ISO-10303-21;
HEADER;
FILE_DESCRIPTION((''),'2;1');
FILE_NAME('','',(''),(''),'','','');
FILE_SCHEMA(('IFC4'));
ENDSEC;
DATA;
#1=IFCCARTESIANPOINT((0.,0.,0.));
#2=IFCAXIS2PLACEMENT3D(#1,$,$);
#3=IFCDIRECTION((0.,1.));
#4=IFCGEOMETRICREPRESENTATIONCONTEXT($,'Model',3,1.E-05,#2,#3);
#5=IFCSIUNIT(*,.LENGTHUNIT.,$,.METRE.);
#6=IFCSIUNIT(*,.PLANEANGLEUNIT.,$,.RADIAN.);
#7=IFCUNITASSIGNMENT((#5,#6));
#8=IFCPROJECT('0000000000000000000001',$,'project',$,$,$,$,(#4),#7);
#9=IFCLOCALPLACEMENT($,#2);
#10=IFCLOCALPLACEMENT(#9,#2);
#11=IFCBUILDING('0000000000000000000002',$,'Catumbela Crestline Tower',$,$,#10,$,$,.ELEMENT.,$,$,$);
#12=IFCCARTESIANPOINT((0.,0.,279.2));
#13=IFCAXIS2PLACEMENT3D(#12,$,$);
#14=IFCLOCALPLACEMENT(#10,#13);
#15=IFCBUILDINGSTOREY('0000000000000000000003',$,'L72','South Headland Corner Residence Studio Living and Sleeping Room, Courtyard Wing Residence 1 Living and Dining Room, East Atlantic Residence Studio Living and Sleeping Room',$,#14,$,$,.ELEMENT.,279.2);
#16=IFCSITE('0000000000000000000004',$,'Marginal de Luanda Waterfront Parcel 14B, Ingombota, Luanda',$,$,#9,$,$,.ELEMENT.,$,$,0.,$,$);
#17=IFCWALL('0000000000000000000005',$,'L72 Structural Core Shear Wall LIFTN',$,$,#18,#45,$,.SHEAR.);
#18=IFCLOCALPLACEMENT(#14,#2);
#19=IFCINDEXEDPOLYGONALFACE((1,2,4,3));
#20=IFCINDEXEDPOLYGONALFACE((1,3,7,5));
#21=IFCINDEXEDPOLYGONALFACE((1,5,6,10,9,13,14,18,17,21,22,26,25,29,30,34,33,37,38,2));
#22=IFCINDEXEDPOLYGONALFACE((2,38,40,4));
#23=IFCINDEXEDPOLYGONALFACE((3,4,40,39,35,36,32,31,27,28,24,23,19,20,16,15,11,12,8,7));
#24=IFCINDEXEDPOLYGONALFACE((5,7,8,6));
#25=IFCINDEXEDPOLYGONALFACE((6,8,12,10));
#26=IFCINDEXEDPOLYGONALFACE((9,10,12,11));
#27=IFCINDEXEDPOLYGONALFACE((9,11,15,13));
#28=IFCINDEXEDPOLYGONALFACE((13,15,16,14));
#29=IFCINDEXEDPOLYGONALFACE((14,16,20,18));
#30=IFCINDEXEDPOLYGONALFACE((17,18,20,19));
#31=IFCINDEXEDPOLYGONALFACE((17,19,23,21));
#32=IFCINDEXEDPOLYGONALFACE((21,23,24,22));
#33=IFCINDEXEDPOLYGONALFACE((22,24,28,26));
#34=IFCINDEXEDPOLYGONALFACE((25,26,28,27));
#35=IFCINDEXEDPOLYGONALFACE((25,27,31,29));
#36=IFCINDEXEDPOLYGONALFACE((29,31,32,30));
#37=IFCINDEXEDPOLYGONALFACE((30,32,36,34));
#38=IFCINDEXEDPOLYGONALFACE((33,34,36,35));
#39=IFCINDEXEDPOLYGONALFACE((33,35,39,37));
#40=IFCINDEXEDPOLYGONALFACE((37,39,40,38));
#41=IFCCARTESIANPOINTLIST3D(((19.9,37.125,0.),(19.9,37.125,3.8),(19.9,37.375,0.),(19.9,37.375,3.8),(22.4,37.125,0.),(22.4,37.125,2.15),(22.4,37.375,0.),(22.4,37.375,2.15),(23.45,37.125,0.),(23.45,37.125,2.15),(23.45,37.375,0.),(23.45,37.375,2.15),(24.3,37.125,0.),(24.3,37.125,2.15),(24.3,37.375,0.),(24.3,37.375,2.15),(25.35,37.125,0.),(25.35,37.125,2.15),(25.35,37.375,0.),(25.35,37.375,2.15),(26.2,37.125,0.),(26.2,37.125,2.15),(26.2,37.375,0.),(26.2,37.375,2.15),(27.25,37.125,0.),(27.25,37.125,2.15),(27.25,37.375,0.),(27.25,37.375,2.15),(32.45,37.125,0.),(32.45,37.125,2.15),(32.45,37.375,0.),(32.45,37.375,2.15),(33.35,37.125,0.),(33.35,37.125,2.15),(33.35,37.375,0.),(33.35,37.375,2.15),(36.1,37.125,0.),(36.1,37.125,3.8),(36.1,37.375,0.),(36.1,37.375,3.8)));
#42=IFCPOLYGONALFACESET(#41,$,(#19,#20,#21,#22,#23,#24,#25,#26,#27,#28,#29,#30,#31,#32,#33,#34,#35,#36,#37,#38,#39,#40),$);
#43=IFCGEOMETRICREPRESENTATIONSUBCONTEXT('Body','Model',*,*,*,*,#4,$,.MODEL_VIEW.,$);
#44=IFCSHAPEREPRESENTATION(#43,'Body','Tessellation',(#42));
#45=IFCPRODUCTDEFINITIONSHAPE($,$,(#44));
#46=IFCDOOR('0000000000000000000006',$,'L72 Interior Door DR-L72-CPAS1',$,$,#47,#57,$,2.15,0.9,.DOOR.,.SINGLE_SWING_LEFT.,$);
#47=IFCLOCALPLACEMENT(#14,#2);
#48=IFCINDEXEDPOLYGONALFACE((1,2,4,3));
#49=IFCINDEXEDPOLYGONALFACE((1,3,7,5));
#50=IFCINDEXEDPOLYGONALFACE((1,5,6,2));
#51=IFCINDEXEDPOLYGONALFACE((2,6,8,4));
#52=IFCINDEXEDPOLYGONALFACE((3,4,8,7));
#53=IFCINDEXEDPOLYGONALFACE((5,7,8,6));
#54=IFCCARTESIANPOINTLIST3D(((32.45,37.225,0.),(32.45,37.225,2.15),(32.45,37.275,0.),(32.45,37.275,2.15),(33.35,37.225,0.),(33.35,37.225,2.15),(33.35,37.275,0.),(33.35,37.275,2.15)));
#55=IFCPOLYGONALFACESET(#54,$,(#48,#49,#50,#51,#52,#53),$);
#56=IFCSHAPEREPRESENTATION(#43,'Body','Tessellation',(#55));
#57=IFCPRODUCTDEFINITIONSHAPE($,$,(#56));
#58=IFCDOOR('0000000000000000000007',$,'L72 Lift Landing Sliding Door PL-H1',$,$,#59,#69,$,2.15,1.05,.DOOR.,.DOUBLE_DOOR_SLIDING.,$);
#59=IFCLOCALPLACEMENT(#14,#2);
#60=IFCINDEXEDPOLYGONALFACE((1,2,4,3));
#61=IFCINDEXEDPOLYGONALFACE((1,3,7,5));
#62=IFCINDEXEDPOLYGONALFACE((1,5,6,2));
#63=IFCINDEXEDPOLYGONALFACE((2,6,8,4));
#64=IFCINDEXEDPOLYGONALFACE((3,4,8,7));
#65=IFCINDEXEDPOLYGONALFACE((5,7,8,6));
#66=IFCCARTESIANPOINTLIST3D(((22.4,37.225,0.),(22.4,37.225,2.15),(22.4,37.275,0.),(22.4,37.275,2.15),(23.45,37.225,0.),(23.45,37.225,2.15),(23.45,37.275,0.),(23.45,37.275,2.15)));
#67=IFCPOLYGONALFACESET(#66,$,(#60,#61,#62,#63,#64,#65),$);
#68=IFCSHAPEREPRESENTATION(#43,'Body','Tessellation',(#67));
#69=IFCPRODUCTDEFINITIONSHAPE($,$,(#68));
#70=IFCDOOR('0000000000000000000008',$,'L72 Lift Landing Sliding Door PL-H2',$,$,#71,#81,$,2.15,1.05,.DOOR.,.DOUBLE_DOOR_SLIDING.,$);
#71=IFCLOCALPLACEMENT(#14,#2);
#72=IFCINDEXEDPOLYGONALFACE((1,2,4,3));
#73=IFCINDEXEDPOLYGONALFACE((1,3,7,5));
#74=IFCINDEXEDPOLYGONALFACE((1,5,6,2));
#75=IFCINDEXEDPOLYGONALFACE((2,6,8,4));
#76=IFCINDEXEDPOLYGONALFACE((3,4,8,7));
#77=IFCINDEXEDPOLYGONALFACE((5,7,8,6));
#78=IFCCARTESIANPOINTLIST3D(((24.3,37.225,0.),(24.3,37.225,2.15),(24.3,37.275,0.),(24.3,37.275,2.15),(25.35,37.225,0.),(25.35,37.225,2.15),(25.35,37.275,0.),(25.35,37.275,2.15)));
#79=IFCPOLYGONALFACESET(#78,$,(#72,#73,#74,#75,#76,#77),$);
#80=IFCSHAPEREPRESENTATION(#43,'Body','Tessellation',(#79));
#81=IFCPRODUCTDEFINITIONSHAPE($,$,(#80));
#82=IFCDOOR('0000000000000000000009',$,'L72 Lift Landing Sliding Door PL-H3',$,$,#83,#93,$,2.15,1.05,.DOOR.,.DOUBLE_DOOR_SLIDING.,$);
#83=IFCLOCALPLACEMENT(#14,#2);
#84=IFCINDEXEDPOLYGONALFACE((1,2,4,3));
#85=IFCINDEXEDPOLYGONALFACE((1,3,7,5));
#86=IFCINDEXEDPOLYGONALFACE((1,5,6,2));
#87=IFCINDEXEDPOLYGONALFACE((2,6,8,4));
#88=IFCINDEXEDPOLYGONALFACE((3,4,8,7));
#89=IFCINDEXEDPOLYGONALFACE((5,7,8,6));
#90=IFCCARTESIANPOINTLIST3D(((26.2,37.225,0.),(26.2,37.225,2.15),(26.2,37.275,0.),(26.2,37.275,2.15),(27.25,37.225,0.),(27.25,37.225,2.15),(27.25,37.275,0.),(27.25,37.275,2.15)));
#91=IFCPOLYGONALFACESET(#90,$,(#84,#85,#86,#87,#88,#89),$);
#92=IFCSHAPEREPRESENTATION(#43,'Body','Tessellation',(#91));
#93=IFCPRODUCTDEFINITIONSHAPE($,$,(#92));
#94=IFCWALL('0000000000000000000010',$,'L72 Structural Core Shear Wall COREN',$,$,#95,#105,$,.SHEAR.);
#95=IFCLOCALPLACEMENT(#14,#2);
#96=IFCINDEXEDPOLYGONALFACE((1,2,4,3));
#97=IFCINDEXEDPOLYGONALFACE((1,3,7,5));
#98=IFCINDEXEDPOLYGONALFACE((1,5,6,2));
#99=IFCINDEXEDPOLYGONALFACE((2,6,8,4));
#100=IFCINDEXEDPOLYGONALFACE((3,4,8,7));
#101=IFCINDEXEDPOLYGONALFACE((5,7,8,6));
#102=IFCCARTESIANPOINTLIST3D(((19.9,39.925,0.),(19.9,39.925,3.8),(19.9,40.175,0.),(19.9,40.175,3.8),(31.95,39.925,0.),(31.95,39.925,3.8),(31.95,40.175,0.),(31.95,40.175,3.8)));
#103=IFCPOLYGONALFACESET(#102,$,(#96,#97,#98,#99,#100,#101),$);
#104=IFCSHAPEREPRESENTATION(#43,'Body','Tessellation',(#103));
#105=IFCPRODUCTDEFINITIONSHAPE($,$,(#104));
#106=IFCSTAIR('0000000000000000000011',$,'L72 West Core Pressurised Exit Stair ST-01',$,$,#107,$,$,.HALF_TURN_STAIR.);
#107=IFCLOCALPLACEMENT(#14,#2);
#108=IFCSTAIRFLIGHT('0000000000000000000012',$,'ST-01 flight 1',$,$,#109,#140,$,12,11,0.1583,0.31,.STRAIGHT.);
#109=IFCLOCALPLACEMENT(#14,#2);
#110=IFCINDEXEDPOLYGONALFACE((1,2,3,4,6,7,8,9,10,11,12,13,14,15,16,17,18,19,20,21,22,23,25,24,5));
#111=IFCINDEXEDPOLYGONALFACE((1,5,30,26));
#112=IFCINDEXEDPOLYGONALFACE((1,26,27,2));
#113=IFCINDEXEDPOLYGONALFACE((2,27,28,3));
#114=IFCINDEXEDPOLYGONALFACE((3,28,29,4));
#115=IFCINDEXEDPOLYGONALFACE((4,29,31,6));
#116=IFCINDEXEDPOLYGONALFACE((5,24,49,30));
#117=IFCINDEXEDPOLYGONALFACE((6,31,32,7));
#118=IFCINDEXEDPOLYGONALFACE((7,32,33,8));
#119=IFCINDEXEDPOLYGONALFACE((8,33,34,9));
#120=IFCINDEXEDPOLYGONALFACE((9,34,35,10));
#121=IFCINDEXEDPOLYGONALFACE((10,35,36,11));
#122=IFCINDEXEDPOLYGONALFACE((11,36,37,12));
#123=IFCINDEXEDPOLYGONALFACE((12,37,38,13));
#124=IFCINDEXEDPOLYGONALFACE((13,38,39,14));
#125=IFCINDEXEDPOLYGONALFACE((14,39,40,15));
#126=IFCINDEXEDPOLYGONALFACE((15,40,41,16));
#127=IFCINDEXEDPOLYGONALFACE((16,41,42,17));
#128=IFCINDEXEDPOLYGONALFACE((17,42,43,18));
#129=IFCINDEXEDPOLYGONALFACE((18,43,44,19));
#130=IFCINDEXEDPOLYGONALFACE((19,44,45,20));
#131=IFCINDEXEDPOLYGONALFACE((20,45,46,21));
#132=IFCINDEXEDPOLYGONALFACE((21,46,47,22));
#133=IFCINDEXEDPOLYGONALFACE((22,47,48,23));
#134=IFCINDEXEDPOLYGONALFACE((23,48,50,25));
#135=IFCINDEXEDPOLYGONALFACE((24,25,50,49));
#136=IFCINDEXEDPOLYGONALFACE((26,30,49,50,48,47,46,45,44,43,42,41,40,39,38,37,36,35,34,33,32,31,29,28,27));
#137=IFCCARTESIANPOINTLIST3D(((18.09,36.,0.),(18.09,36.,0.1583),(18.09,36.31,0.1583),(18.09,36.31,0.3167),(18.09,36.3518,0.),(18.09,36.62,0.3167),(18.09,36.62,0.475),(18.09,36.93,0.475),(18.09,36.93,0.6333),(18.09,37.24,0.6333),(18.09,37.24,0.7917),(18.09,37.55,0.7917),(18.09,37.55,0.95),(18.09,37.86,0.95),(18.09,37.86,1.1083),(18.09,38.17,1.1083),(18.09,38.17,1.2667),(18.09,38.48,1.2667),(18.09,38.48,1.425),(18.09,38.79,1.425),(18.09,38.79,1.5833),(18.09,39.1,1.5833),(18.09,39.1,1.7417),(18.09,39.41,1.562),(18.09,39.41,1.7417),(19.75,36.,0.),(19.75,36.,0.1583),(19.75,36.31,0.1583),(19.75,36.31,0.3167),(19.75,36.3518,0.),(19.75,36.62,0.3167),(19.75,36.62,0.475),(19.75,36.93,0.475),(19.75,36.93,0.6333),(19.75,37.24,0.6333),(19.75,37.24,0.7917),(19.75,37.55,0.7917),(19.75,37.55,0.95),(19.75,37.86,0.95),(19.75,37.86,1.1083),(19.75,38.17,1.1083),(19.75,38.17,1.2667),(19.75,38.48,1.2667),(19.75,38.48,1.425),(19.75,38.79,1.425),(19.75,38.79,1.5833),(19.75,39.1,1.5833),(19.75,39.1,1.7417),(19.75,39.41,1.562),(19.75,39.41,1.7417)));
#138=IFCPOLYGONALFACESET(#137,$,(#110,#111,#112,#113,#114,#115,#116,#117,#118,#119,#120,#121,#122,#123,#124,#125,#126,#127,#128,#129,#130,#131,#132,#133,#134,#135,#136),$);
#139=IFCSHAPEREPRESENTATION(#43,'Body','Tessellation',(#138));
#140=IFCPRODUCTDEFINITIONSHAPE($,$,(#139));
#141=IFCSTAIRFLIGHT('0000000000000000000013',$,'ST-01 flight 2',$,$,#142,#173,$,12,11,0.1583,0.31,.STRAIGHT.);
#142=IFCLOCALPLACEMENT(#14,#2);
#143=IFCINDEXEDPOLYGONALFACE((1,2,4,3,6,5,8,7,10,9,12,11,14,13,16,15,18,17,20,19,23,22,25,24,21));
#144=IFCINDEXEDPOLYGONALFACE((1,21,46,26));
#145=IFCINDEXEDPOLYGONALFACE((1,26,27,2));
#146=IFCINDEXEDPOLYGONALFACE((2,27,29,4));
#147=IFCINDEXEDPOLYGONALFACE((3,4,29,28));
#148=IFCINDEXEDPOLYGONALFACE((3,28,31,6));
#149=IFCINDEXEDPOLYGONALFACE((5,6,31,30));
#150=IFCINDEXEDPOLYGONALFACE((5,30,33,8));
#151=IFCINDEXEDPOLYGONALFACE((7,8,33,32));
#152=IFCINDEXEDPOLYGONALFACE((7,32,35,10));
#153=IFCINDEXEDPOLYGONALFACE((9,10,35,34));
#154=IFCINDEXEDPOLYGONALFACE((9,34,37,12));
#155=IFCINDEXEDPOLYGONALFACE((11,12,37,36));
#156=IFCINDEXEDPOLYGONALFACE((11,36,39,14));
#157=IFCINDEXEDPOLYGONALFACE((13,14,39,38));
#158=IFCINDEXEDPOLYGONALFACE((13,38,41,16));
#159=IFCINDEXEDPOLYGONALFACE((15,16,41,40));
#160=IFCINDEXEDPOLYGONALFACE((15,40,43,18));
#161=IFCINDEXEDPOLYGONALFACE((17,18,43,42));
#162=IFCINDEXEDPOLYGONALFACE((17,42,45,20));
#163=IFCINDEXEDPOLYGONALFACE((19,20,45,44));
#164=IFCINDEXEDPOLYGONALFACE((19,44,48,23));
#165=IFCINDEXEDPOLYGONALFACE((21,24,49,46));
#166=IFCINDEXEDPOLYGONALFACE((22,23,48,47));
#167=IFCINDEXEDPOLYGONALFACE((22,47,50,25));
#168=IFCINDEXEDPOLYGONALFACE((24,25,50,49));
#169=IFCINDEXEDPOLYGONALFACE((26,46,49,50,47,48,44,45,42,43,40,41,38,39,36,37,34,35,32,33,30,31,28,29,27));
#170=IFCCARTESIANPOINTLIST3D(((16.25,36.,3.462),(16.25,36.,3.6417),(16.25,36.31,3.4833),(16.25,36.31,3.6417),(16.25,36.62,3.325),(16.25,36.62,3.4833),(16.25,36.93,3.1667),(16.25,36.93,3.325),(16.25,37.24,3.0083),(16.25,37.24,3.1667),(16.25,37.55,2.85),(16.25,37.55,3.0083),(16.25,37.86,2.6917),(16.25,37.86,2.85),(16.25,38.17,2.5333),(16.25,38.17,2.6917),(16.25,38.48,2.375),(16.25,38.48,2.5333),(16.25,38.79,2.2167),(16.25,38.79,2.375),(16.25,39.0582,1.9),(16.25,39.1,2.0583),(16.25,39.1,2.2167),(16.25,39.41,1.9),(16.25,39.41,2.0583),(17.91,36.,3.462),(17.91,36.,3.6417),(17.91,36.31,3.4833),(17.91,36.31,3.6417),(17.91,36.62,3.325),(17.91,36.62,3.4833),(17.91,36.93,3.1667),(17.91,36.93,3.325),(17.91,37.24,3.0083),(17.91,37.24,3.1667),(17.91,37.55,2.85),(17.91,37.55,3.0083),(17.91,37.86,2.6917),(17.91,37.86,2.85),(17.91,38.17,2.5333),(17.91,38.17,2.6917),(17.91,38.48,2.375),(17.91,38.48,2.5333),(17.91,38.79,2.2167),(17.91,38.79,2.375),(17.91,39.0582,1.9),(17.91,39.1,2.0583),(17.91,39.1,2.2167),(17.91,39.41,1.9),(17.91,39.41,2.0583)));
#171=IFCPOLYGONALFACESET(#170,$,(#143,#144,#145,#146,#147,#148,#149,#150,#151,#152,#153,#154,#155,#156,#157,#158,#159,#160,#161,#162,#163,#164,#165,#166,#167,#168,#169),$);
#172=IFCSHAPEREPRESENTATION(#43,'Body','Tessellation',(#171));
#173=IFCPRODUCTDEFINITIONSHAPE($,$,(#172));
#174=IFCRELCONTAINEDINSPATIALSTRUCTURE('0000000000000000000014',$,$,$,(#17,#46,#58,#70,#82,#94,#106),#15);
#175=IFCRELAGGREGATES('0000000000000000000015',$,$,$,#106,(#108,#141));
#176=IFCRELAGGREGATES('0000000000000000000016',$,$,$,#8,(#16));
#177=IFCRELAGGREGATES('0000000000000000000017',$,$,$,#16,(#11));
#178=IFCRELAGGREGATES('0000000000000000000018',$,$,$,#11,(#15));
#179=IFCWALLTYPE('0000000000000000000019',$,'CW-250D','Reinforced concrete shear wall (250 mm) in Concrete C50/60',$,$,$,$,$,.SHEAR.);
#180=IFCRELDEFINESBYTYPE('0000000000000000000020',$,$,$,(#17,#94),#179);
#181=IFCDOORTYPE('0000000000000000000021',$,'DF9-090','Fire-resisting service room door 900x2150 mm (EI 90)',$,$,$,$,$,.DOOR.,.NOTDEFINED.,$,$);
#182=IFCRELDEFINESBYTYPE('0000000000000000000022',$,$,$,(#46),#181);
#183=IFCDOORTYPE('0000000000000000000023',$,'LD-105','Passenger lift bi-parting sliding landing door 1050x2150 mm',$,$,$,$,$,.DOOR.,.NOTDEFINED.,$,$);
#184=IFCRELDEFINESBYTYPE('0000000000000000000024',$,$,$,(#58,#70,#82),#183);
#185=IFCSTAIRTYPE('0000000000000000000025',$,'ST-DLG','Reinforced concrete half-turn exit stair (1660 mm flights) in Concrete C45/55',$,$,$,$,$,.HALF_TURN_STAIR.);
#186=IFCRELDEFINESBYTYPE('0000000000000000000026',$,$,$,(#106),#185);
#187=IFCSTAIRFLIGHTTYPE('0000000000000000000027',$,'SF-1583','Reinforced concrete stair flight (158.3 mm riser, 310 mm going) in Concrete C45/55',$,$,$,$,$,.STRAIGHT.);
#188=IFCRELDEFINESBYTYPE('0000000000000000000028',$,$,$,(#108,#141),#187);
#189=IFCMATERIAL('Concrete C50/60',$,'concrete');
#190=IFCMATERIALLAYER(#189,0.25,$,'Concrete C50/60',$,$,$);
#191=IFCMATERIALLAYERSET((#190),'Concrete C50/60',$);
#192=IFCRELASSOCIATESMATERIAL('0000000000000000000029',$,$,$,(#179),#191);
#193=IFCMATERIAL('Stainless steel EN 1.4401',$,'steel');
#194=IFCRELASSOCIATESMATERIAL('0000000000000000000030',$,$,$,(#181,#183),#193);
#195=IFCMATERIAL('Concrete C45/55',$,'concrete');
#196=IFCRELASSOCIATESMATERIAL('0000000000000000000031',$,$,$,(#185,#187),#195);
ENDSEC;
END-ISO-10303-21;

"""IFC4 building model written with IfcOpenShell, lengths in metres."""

from ifc_helpers import new_model, si_unit, direction, frame, frame_2d, origin, place, context, subcontext, project, spatial, polyline, rectangle, outline, extrude, material, layer, layer_set, type_object, element, fill, aggregate, save


model = new_model("IFC4")

# Units and contexts
model_context = context("Model", 3, precision=1e-05, world=origin(), true_north=direction((0.0, 1.0)))
body_context = subcontext(model_context, "Body", "Model", "MODEL_VIEW")
ifc_project = project(units=[si_unit("LENGTHUNIT", "METRE"), si_unit("PLANEANGLEUNIT", "RADIAN")], contexts=[model_context])

# Site, building, storey
site_placement = place(None, origin())
site = spatial("IfcSite", under=ifc_project, at=site_placement, Name="Marginal de Luanda Waterfront Parcel 14B, Ingombota, Luanda", CompositionType="ELEMENT", RefElevation=0.0)
building_placement = place(site_placement, origin())
building = spatial("IfcBuilding", under=site, at=building_placement, Name="Catumbela Crestline Tower", CompositionType="ELEMENT")
storey_placement = place(building_placement, frame((0.0, 0.0, 279.2)))
storey = spatial("IfcBuildingStorey", under=building, at=storey_placement, Name="L72", Description="South Headland Corner Residence Studio Living and Sleeping Room, Courtyard Wing Residence 1 Living and Dining Room, East Atlantic Residence Studio Living and Sleeping Room", CompositionType="ELEMENT", Elevation=279.2)

# Shared definitions
ifc_material_1 = material(Name="Concrete C50/60", Category="concrete")
ifc_layer = layer(ifc_material_1, 0.25, Name="Concrete C50/60")
ifc_layer_set = layer_set([ifc_layer], Name="Concrete C50/60")
wall_type = type_object("IfcWallType", Name="CW-250D", Description="Reinforced concrete shear wall (250 mm) in Concrete C50/60", PredefinedType="SHEAR", material=ifc_layer_set)

# Shared definitions
ifc_material_2 = material(Name="Stainless steel EN 1.4401", Category="steel")

# Wall, openings, doors
wall_1_placement = place(storey_placement, frame((19.9, 37.25, 0.0), z_axis=(0.0, 0.0, 1.0), x_axis=(1.0, 0.0, 0.0)))
wall_1 = element("IfcWall", 1, at=wall_1_placement, inside=storey, type_object=wall_type, Name="L72 Structural Core Shear Wall LIFTN", PredefinedType="SHEAR", context=body_context, shape_type="SweptSolid", body=[
    extrude(rectangle(XDim=16.2, YDim=0.25, at=frame_2d((8.1, 0.0))), origin(), (0.0, 0.0, 1.0), 3.8),
])
opening_1_placement = place(wall_1_placement, frame((12.55, 0.0, 0.0)))
opening_1 = element("IfcOpeningElement", 2, at=opening_1_placement, cuts=wall_1, PredefinedType="OPENING", context=body_context, shape_type="SweptSolid", body=[
    extrude(rectangle(XDim=0.9, YDim=2.15, at=frame_2d((0.45, 1.075))), frame((0.0, 0.135, 0.0), z_axis=(0.0, -1.0, 0.0), x_axis=(1.0, 0.0, 0.0)), (0.0, 0.0, 1.0), 0.27),
])
opening_2_placement = place(wall_1_placement, frame((2.5, 0.0, 0.0)))
opening_2 = element("IfcOpeningElement", 3, at=opening_2_placement, cuts=wall_1, PredefinedType="OPENING", context=body_context, shape_type="SweptSolid", body=[
    extrude(rectangle(XDim=1.05, YDim=2.15, at=frame_2d((0.525, 1.075))), frame((0.0, 0.135, 0.0), z_axis=(0.0, -1.0, 0.0), x_axis=(1.0, 0.0, 0.0)), (0.0, 0.0, 1.0), 0.27),
])
opening_3_placement = place(wall_1_placement, frame((4.4, 0.0, 0.0)))
opening_3 = element("IfcOpeningElement", 4, at=opening_3_placement, cuts=wall_1, PredefinedType="OPENING", context=body_context, shape_type="SweptSolid", body=[
    extrude(rectangle(XDim=1.05, YDim=2.15, at=frame_2d((0.525, 1.075))), frame((0.0, 0.135, 0.0), z_axis=(0.0, -1.0, 0.0), x_axis=(1.0, 0.0, 0.0)), (0.0, 0.0, 1.0), 0.27),
])
opening_4_placement = place(wall_1_placement, frame((6.3, 0.0, 0.0)))
opening_4 = element("IfcOpeningElement", 5, at=opening_4_placement, cuts=wall_1, PredefinedType="OPENING", context=body_context, shape_type="SweptSolid", body=[
    extrude(rectangle(XDim=1.05, YDim=2.15, at=frame_2d((0.525, 1.075))), frame((0.0, 0.135, 0.0), z_axis=(0.0, -1.0, 0.0), x_axis=(1.0, 0.0, 0.0)), (0.0, 0.0, 1.0), 0.27),
])
door_type_1 = type_object("IfcDoorType", Name="DF9-090", Description="Fire-resisting service room door 900x2150 mm (EI 90)", OperationType="NOTDEFINED", PredefinedType="DOOR", material=ifc_material_2)
door_1_placement = place(opening_1_placement, origin())
door_1 = element("IfcDoor", 6, at=door_1_placement, inside=storey, type_object=door_type_1, Name="L72 Interior Door DR-L72-CPAS1", OperationType="SINGLE_SWING_LEFT", OverallHeight=2.15, OverallWidth=0.9, PredefinedType="DOOR", context=body_context, shape_type="SweptSolid", body=[
    extrude(rectangle(XDim=0.9, YDim=2.15, at=frame_2d((0.45, 1.075))), frame((0.0, 0.025, 0.0), z_axis=(0.0, -1.0, 0.0), x_axis=(1.0, 0.0, 0.0)), (0.0, 0.0, 1.0), 0.05),
])
fill(opening_1, door_1)
door_type_2 = type_object("IfcDoorType", Name="LD-105", Description="Passenger lift bi-parting sliding landing door 1050x2150 mm", OperationType="NOTDEFINED", PredefinedType="DOOR", material=ifc_material_2)
door_2_placement = place(opening_2_placement, origin())
door_2 = element("IfcDoor", 7, at=door_2_placement, inside=storey, type_object=door_type_2, Name="L72 Lift Landing Sliding Door PL-H1", OperationType="DOUBLE_DOOR_SLIDING", OverallHeight=2.15, OverallWidth=1.05, PredefinedType="DOOR", context=body_context, shape_type="SweptSolid", body=[
    extrude(rectangle(XDim=1.05, YDim=2.15, at=frame_2d((0.525, 1.075))), frame((0.0, 0.025, 0.0), z_axis=(0.0, -1.0, 0.0), x_axis=(1.0, 0.0, 0.0)), (0.0, 0.0, 1.0), 0.05),
])
fill(opening_2, door_2)
door_3_placement = place(opening_3_placement, origin())
door_3 = element("IfcDoor", 8, at=door_3_placement, inside=storey, type_object=door_type_2, Name="L72 Lift Landing Sliding Door PL-H2", OperationType="DOUBLE_DOOR_SLIDING", OverallHeight=2.15, OverallWidth=1.05, PredefinedType="DOOR", context=body_context, shape_type="SweptSolid", body=[
    extrude(rectangle(XDim=1.05, YDim=2.15, at=frame_2d((0.525, 1.075))), frame((0.0, 0.025, 0.0), z_axis=(0.0, -1.0, 0.0), x_axis=(1.0, 0.0, 0.0)), (0.0, 0.0, 1.0), 0.05),
])
fill(opening_3, door_3)
door_4_placement = place(opening_4_placement, origin())
door_4 = element("IfcDoor", 9, at=door_4_placement, inside=storey, type_object=door_type_2, Name="L72 Lift Landing Sliding Door PL-H3", OperationType="DOUBLE_DOOR_SLIDING", OverallHeight=2.15, OverallWidth=1.05, PredefinedType="DOOR", context=body_context, shape_type="SweptSolid", body=[
    extrude(rectangle(XDim=1.05, YDim=2.15, at=frame_2d((0.525, 1.075))), frame((0.0, 0.025, 0.0), z_axis=(0.0, -1.0, 0.0), x_axis=(1.0, 0.0, 0.0)), (0.0, 0.0, 1.0), 0.05),
])
fill(opening_4, door_4)

# Wall
wall_2_placement = place(storey_placement, frame((19.9, 40.05, 0.0), z_axis=(0.0, 0.0, 1.0), x_axis=(1.0, 0.0, 0.0)))
element("IfcWall", 10, at=wall_2_placement, inside=storey, type_object=wall_type, Name="L72 Structural Core Shear Wall COREN", PredefinedType="SHEAR", context=body_context, shape_type="SweptSolid", body=[
    extrude(rectangle(XDim=12.05, YDim=0.25, at=frame_2d((6.025, 0.0))), origin(), (0.0, 0.0, 1.0), 3.8),
])

# Stair, stair flights
ifc_material_3 = material(Name="Concrete C45/55", Category="concrete")
stair_type = type_object("IfcStairType", Name="ST-DLG", Description="Reinforced concrete half-turn exit stair (1660 mm flights) in Concrete C45/55", PredefinedType="HALF_TURN_STAIR", material=ifc_material_3)
stair_placement = place(storey_placement, origin())
stair = element("IfcStair", 11, at=stair_placement, inside=storey, type_object=stair_type, Name="L72 West Core Pressurised Exit Stair ST-01", PredefinedType="HALF_TURN_STAIR")
stair_flight_type = type_object("IfcStairFlightType", Name="SF-1583", Description="Reinforced concrete stair flight (158.3 mm riser, 310 mm going) in Concrete C45/55", PredefinedType="STRAIGHT", material=ifc_material_3)
stair_flight_1_placement = place(storey_placement, frame((18.92, 36.0, 0.0), z_axis=(0.0, 0.0, 1.0), x_axis=(0.0, 1.0, 0.0)))
stair_flight_1 = element("IfcStairFlight", 12, at=stair_flight_1_placement, type_object=stair_flight_type, Name="ST-01 flight 1", NumberOfRisers=12, NumberOfTreads=11, PredefinedType="STRAIGHT", RiserHeight=0.1583, TreadLength=0.31, context=body_context, shape_type="SweptSolid", body=[
    extrude(outline(polyline([(0.0, 0.0), (0.0, 0.1583), (0.31, 0.1583), (0.31, 0.3167), (0.62, 0.3167), (0.62, 0.475), (0.93, 0.475), (0.93, 0.6333), (1.24, 0.6333), (1.24, 0.7917), (1.55, 0.7917), (1.55, 0.95), (1.86, 0.95), (1.86, 1.1083), (2.17, 1.1083), (2.17, 1.2667), (2.48, 1.2667), (2.48, 1.425), (2.79, 1.425), (2.79, 1.5833), (3.1, 1.5833), (3.1, 1.7417), (3.41, 1.7417), (3.41, 1.9), (3.41, 1.562), (0.3518, 0.0), (0.0, 0.0)])), frame((0.0, 0.83, 0.0), z_axis=(0.0, -1.0, 0.0), x_axis=(1.0, 0.0, 0.0)), (0.0, 0.0, 1.0), 1.66),
])
stair_flight_2_placement = place(storey_placement, frame((17.08, 39.41, 1.9), z_axis=(0.0, 0.0, 1.0), x_axis=(0.0, -1.0, 0.0)))
stair_flight_2 = element("IfcStairFlight", 13, at=stair_flight_2_placement, type_object=stair_flight_type, Name="ST-01 flight 2", NumberOfRisers=12, NumberOfTreads=11, PredefinedType="STRAIGHT", RiserHeight=0.1583, TreadLength=0.31, context=body_context, shape_type="SweptSolid", body=[
    extrude(outline(polyline([(0.0, 0.0), (0.0, 0.1583), (0.31, 0.1583), (0.31, 0.3167), (0.62, 0.3167), (0.62, 0.475), (0.93, 0.475), (0.93, 0.6333), (1.24, 0.6333), (1.24, 0.7917), (1.55, 0.7917), (1.55, 0.95), (1.86, 0.95), (1.86, 1.1083), (2.17, 1.1083), (2.17, 1.2667), (2.48, 1.2667), (2.48, 1.425), (2.79, 1.425), (2.79, 1.5833), (3.1, 1.5833), (3.1, 1.7417), (3.41, 1.7417), (3.41, 1.9), (3.41, 1.562), (0.3518, 0.0), (0.0, 0.0)])), frame((0.0, 0.83, 0.0), z_axis=(0.0, -1.0, 0.0), x_axis=(1.0, 0.0, 0.0)), (0.0, 0.0, 1.0), 1.66),
])
aggregate(stair, [stair_flight_1, stair_flight_2])

save(model, "model.ifc")
